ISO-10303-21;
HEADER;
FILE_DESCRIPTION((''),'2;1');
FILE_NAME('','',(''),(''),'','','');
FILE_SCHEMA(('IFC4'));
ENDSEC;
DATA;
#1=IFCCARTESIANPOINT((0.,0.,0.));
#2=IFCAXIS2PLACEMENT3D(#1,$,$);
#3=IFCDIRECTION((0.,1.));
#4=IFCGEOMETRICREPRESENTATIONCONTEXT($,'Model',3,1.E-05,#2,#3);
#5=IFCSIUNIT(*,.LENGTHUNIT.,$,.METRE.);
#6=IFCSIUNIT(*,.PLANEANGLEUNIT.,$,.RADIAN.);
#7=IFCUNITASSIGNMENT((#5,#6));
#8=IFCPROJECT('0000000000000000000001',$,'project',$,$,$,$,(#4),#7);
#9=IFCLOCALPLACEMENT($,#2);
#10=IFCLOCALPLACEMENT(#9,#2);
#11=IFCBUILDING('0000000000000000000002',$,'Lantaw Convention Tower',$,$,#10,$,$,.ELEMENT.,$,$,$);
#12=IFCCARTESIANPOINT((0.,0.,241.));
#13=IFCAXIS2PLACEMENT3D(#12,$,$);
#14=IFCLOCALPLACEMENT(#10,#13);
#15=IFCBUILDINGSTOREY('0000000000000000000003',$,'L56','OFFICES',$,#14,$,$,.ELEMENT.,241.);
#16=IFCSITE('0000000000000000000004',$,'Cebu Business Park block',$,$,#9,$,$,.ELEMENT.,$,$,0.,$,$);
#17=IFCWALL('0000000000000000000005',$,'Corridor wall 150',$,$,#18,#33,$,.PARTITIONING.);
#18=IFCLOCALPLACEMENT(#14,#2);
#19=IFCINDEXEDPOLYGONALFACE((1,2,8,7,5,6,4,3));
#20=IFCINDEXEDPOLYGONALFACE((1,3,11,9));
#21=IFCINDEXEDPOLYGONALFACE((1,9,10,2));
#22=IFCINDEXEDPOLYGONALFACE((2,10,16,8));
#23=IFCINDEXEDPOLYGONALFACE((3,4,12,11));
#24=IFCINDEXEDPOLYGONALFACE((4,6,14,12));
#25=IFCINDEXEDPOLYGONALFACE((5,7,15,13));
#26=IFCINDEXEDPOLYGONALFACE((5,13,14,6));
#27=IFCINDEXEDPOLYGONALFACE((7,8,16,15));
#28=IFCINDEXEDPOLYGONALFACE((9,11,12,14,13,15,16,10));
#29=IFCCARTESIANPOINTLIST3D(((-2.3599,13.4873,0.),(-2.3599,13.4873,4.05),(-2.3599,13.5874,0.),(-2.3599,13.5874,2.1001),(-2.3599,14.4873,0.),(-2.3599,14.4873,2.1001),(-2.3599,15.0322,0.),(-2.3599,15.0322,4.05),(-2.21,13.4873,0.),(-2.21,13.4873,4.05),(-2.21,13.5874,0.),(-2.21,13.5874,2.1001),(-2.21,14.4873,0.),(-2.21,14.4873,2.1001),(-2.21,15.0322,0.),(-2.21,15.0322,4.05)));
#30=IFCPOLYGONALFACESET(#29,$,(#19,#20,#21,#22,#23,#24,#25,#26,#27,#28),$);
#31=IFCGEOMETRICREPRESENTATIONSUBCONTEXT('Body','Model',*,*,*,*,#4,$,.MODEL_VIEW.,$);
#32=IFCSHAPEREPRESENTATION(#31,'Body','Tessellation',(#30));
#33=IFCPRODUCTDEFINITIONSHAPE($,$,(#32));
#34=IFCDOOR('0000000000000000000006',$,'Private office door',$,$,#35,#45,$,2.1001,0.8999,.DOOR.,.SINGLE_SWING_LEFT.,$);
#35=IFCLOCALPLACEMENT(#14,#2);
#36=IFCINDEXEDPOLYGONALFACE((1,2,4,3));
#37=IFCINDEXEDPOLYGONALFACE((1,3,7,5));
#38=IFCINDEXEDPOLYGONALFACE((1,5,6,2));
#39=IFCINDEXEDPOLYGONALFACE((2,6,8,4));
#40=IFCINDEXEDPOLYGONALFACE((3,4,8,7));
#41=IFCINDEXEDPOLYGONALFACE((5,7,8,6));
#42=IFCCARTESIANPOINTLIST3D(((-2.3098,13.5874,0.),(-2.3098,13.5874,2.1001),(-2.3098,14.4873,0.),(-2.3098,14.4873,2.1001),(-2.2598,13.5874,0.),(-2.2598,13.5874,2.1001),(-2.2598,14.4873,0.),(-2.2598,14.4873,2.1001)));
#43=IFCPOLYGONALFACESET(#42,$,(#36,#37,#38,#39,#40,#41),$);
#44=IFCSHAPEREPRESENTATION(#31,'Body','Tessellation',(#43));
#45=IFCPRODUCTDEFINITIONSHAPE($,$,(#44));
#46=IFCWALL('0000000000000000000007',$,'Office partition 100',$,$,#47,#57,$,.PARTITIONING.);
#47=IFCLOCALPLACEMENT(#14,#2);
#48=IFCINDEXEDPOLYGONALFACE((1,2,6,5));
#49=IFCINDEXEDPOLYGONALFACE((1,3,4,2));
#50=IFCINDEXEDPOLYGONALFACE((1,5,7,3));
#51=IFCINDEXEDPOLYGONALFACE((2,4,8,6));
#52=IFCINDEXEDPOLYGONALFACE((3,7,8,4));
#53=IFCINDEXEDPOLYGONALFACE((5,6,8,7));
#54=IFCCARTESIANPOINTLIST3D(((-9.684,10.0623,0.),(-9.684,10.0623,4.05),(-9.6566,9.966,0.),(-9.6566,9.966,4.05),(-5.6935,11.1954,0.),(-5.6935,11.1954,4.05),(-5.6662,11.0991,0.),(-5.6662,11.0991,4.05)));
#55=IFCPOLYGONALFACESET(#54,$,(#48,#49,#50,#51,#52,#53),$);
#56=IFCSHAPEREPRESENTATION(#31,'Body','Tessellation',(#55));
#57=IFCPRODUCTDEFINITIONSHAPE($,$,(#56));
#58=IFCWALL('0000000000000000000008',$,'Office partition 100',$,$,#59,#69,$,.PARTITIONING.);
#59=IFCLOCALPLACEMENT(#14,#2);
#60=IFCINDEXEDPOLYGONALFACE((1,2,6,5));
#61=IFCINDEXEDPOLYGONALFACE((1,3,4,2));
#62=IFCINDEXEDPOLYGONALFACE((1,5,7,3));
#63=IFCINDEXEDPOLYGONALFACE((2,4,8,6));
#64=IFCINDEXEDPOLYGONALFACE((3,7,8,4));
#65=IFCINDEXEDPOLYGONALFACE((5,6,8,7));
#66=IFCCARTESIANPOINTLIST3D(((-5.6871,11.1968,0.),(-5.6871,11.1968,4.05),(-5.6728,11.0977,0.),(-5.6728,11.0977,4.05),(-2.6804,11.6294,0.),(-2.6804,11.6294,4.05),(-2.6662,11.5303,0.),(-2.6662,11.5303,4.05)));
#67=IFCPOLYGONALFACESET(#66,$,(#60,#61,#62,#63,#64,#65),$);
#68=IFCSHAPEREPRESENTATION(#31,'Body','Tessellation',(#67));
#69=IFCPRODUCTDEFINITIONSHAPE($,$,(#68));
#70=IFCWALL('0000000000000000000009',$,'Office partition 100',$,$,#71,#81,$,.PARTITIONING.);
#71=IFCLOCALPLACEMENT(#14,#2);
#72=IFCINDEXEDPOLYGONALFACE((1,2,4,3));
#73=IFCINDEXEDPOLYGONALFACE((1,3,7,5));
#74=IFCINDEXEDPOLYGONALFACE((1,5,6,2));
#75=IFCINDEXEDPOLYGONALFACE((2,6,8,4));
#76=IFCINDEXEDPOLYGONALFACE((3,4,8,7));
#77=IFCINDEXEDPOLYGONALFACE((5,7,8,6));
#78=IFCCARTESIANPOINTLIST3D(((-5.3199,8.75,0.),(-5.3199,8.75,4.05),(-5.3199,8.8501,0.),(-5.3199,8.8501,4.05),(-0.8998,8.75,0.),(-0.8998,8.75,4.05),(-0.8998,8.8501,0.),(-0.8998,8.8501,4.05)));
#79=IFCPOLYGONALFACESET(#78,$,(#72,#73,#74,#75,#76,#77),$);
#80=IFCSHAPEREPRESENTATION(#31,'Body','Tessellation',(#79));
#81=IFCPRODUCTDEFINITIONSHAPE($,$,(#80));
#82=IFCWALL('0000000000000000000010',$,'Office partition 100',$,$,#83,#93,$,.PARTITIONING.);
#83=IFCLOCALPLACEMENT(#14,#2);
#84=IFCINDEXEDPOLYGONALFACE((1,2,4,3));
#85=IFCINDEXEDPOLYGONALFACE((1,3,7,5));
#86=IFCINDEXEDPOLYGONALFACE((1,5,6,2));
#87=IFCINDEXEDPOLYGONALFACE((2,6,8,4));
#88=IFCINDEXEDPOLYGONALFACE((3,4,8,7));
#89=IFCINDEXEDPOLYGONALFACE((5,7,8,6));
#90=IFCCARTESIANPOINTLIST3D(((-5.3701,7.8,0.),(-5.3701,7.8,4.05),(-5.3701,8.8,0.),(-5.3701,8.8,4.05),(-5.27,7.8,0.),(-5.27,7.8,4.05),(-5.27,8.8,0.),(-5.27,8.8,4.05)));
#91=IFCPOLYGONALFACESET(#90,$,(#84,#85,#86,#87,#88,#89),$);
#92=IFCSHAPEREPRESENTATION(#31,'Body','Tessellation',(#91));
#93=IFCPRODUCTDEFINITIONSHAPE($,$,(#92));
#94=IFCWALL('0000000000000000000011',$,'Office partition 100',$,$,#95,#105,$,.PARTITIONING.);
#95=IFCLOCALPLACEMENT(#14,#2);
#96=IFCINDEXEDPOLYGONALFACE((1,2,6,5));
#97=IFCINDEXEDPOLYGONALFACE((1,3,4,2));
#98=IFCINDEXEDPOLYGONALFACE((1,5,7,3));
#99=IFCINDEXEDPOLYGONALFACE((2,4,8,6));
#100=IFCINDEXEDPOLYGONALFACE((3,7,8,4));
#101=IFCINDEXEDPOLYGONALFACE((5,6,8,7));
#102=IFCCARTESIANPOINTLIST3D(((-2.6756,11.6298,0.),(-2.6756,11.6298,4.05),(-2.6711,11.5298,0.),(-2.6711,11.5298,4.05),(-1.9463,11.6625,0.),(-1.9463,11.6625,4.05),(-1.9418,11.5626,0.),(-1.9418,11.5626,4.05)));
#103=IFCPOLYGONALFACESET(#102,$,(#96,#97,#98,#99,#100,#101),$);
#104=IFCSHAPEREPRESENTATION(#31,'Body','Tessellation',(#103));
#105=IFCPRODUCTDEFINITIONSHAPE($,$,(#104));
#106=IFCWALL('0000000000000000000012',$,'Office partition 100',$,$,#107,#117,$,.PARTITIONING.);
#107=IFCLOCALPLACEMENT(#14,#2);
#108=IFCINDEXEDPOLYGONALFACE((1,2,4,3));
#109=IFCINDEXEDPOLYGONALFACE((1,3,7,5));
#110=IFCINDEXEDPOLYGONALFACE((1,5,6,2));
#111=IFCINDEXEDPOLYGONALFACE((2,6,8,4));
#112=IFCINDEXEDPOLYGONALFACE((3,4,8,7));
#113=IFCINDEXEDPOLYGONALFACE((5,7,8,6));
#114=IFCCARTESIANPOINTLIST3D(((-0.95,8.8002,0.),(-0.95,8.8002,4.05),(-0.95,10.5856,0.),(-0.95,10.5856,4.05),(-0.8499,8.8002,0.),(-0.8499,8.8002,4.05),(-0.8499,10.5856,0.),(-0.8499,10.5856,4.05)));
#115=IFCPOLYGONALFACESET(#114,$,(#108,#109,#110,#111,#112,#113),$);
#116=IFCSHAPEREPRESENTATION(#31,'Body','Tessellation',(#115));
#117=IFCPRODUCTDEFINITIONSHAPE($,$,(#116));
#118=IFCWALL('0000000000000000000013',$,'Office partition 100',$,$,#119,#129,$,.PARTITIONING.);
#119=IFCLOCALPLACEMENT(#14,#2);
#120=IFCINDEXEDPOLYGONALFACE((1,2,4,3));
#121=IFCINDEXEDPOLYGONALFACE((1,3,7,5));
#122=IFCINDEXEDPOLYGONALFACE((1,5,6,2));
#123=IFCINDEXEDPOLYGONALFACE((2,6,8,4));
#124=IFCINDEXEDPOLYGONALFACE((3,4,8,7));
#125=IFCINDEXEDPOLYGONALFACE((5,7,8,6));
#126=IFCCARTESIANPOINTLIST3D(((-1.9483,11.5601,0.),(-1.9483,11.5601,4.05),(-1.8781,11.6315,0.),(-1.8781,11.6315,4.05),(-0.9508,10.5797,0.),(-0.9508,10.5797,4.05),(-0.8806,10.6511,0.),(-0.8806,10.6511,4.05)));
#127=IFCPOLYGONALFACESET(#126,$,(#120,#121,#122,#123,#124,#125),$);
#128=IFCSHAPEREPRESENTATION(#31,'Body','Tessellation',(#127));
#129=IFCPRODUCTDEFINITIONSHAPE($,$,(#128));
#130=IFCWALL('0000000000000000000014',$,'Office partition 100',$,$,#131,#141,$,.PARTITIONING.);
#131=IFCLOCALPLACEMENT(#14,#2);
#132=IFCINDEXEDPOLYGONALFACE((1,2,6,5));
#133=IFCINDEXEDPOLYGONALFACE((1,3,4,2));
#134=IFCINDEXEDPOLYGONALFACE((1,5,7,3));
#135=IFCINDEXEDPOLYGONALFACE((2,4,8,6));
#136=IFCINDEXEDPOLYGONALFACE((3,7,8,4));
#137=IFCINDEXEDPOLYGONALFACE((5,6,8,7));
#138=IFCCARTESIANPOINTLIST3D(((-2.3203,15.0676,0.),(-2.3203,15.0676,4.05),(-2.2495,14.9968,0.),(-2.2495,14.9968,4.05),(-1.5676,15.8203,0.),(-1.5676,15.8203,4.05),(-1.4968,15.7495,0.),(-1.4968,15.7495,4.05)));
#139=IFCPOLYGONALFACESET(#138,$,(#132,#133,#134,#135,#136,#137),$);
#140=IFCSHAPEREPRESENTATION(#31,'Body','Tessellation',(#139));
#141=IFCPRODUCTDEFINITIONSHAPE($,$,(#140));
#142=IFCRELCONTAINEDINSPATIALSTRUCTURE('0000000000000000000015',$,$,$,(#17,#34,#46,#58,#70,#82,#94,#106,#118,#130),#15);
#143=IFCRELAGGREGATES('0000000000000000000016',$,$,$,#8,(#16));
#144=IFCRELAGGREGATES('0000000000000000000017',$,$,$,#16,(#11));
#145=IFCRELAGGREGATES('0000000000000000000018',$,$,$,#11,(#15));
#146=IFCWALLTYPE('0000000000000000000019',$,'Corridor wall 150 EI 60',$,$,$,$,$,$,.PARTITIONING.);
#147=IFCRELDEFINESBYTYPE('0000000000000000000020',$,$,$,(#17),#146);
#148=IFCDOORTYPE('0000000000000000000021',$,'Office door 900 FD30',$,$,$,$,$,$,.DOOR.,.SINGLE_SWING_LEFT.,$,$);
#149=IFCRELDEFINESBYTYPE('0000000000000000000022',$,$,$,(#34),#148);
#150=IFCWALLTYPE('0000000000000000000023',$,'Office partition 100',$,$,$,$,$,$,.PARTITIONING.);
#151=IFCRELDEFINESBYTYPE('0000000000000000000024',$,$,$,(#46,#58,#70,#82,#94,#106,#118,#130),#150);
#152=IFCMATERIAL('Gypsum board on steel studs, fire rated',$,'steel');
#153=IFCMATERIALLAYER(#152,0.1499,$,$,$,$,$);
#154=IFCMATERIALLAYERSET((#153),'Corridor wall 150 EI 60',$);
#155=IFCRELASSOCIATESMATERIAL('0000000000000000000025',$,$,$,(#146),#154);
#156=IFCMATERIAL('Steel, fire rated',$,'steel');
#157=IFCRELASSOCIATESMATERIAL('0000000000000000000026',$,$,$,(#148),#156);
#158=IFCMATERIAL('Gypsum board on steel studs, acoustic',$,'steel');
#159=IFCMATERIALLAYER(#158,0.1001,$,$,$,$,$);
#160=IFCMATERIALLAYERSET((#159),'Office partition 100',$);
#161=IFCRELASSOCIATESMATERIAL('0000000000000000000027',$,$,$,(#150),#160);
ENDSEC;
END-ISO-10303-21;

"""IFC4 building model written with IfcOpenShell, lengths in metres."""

from ifc_helpers import new_model, si_unit, direction, frame, frame_2d, origin, place, context, subcontext, project, spatial, rectangle, extrude, material, layer, layer_set, type_object, element, fill, save


model = new_model("IFC4")

# Units and contexts
model_context = context("Model", 3, precision=1e-05, world=origin(), true_north=direction((0.0, 1.0)))
body_context = subcontext(model_context, "Body", "Model", "MODEL_VIEW")
ifc_project = project(units=[si_unit("LENGTHUNIT", "METRE"), si_unit("PLANEANGLEUNIT", "RADIAN")], contexts=[model_context])

# Site, building, storey
site_placement = place(None, origin())
site = spatial("IfcSite", under=ifc_project, at=site_placement, Name="Cebu Business Park block", CompositionType="ELEMENT", RefElevation=0.0)
building_placement = place(site_placement, origin())
building = spatial("IfcBuilding", under=site, at=building_placement, Name="Lantaw Convention Tower", CompositionType="ELEMENT")
storey_placement = place(building_placement, frame((0.0, 0.0, 241.0)))
storey = spatial("IfcBuildingStorey", under=building, at=storey_placement, Name="L56", Description="OFFICES", CompositionType="ELEMENT", Elevation=241.0)

# Shared definitions
ifc_material_1 = material(Name="Steel, fire rated", Category="steel")
ifc_material_2 = material(Name="Gypsum board on steel studs, fire rated", Category="steel")
ifc_layer_1 = layer(ifc_material_2, 0.1499)
ifc_layer_set_1 = layer_set([ifc_layer_1], Name="Corridor wall 150 EI 60")
wall_type_1 = type_object("IfcWallType", Name="Corridor wall 150 EI 60", PredefinedType="PARTITIONING", material=ifc_layer_set_1)
door_type_1 = type_object("IfcDoorType", Name="Office door 900 FD30", OperationType="SINGLE_SWING_LEFT", PredefinedType="DOOR", material=ifc_material_1)

# Wall, opening, door
wall_1_placement = place(storey_placement, frame((-2.2849, 13.4873, 0.0), z_axis=(0.0, 0.0, 1.0), x_axis=(0.0, 1.0, 0.0)))
wall_1 = element("IfcWall", 1, at=wall_1_placement, inside=storey, type_object=wall_type_1, Name="Corridor wall 150", PredefinedType="PARTITIONING", context=body_context, shape_type="SweptSolid", body=[
    extrude(rectangle(XDim=1.5449, YDim=0.1499, at=frame_2d((0.7725, 0.0))), origin(), (0.0, 0.0, 1.0), 4.05),
])
opening_1_placement = place(wall_1_placement, frame((0.1001, 0.0, 0.0)))
opening_1 = element("IfcOpeningElement", 2, at=opening_1_placement, cuts=wall_1, PredefinedType="OPENING", context=body_context, shape_type="SweptSolid", body=[
    extrude(rectangle(XDim=0.8999, YDim=2.1001, at=frame_2d((0.45, 1.05))), frame((0.0, 0.085, 0.0), z_axis=(0.0, -1.0, 0.0), x_axis=(1.0, 0.0, 0.0)), (0.0, 0.0, 1.0), 0.1699),
])
door_1_placement = place(opening_1_placement, origin())
door_1 = element("IfcDoor", 3, at=door_1_placement, inside=storey, type_object=door_type_1, Name="Private office door", OperationType="SINGLE_SWING_LEFT", OverallHeight=2.1001, OverallWidth=0.8999, PredefinedType="DOOR", context=body_context, shape_type="SweptSolid", body=[
    extrude(rectangle(XDim=0.8999, YDim=2.1001, at=frame_2d((0.45, 1.05))), frame((0.0, 0.0249, 0.0), z_axis=(0.0, -1.0, 0.0), x_axis=(1.0, 0.0, 0.0)), (0.0, 0.0, 1.0), 0.05),
])
fill(opening_1, door_1)

# Walls
ifc_material_3 = material(Name="Gypsum board on steel studs, acoustic", Category="steel")
ifc_layer_2 = layer(ifc_material_3, 0.1001)
ifc_layer_set_2 = layer_set([ifc_layer_2], Name="Office partition 100")
wall_type_2 = type_object("IfcWallType", Name="Office partition 100", PredefinedType="PARTITIONING", material=ifc_layer_set_2)
wall_2_placement = place(storey_placement, frame((-9.6704, 10.0142, 0.0), z_axis=(0.0, 0.0, 1.0), x_axis=(0.961973, 0.273143, 0.0)))
element("IfcWall", 4, at=wall_2_placement, inside=storey, type_object=wall_type_2, Name="Office partition 100", PredefinedType="PARTITIONING", context=body_context, shape_type="SweptSolid", body=[
    extrude(rectangle(XDim=4.1482, YDim=0.1001, at=frame_2d((2.0742, 0.0))), origin(), (0.0, 0.0, 1.0), 4.05),
])
wall_3_placement = place(storey_placement, frame((-5.6799, 11.1472, 0.0), z_axis=(0.0, 0.0, 1.0), x_axis=(0.989806, 0.142423, 0.0)))
element("IfcWall", 5, at=wall_3_placement, inside=storey, type_object=wall_type_2, Name="Office partition 100", PredefinedType="PARTITIONING", context=body_context, shape_type="SweptSolid", body=[
    extrude(rectangle(XDim=3.0376, YDim=0.1001, at=frame_2d((1.5188, 0.0))), origin(), (0.0, 0.0, 1.0), 4.05),
])
wall_4_placement = place(storey_placement, frame((-0.8999, 8.8, 0.0), z_axis=(0.0, 0.0, 1.0), x_axis=(-1.0, 0.0, 0.0)))
element("IfcWall", 6, at=wall_4_placement, inside=storey, type_object=wall_type_2, Name="Office partition 100", PredefinedType="PARTITIONING", context=body_context, shape_type="SweptSolid", body=[
    extrude(rectangle(XDim=4.4202, YDim=0.1001, at=frame_2d((2.21, 0.0))), origin(), (0.0, 0.0, 1.0), 4.05),
])
wall_5_placement = place(storey_placement, frame((-5.3201, 8.8, 0.0), z_axis=(0.0, 0.0, 1.0), x_axis=(0.0, -1.0, 0.0)))
element("IfcWall", 7, at=wall_5_placement, inside=storey, type_object=wall_type_2, Name="Office partition 100", PredefinedType="PARTITIONING", context=body_context, shape_type="SweptSolid", body=[
    extrude(rectangle(XDim=1.0, YDim=0.1001, at=frame_2d((0.5, 0.0))), origin(), (0.0, 0.0, 1.0), 4.05),
])
wall_6_placement = place(storey_placement, frame((-2.6733, 11.5798, 0.0), z_axis=(0.0, 0.0, 1.0), x_axis=(0.998995, 0.044816, 0.0)))
element("IfcWall", 8, at=wall_6_placement, inside=storey, type_object=wall_type_2, Name="Office partition 100", PredefinedType="PARTITIONING", context=body_context, shape_type="SweptSolid", body=[
    extrude(rectangle(XDim=0.73, YDim=0.1001, at=frame_2d((0.365, 0.0))), origin(), (0.0, 0.0, 1.0), 4.05),
])
wall_7_placement = place(storey_placement, frame((-0.8999, 10.5854, 0.0), z_axis=(0.0, 0.0, 1.0), x_axis=(0.0, -1.0, 0.0)))
element("IfcWall", 9, at=wall_7_placement, inside=storey, type_object=wall_type_2, Name="Office partition 100", PredefinedType="PARTITIONING", context=body_context, shape_type="SweptSolid", body=[
    extrude(rectangle(XDim=1.7854, YDim=0.1001, at=frame_2d((0.8926, 0.0))), origin(), (0.0, 0.0, 1.0), 4.05),
])
wall_8_placement = place(storey_placement, frame((-0.9158, 10.6155, 0.0), z_axis=(0.0, 0.0, 1.0), x_axis=(-0.713189, 0.700971, 0.0)))
element("IfcWall", 10, at=wall_8_placement, inside=storey, type_object=wall_type_2, Name="Office partition 100", PredefinedType="PARTITIONING", context=body_context, shape_type="SweptSolid", body=[
    extrude(rectangle(XDim=1.3987, YDim=0.1001, at=frame_2d((0.6992, 0.0))), origin(), (0.0, 0.0, 1.0), 4.05),
])
wall_9_placement = place(storey_placement, frame((-2.2849, 15.0322, 0.0), z_axis=(0.0, 0.0, 1.0), x_axis=(0.707107, 0.707107, 0.0)))
element("IfcWall", 11, at=wall_9_placement, inside=storey, type_object=wall_type_2, Name="Office partition 100", PredefinedType="PARTITIONING", context=body_context, shape_type="SweptSolid", body=[
    extrude(rectangle(XDim=1.0645, YDim=0.1001, at=frame_2d((0.5322, 0.0))), origin(), (0.0, 0.0, 1.0), 4.05),
])

save(model, "model.ifc")
